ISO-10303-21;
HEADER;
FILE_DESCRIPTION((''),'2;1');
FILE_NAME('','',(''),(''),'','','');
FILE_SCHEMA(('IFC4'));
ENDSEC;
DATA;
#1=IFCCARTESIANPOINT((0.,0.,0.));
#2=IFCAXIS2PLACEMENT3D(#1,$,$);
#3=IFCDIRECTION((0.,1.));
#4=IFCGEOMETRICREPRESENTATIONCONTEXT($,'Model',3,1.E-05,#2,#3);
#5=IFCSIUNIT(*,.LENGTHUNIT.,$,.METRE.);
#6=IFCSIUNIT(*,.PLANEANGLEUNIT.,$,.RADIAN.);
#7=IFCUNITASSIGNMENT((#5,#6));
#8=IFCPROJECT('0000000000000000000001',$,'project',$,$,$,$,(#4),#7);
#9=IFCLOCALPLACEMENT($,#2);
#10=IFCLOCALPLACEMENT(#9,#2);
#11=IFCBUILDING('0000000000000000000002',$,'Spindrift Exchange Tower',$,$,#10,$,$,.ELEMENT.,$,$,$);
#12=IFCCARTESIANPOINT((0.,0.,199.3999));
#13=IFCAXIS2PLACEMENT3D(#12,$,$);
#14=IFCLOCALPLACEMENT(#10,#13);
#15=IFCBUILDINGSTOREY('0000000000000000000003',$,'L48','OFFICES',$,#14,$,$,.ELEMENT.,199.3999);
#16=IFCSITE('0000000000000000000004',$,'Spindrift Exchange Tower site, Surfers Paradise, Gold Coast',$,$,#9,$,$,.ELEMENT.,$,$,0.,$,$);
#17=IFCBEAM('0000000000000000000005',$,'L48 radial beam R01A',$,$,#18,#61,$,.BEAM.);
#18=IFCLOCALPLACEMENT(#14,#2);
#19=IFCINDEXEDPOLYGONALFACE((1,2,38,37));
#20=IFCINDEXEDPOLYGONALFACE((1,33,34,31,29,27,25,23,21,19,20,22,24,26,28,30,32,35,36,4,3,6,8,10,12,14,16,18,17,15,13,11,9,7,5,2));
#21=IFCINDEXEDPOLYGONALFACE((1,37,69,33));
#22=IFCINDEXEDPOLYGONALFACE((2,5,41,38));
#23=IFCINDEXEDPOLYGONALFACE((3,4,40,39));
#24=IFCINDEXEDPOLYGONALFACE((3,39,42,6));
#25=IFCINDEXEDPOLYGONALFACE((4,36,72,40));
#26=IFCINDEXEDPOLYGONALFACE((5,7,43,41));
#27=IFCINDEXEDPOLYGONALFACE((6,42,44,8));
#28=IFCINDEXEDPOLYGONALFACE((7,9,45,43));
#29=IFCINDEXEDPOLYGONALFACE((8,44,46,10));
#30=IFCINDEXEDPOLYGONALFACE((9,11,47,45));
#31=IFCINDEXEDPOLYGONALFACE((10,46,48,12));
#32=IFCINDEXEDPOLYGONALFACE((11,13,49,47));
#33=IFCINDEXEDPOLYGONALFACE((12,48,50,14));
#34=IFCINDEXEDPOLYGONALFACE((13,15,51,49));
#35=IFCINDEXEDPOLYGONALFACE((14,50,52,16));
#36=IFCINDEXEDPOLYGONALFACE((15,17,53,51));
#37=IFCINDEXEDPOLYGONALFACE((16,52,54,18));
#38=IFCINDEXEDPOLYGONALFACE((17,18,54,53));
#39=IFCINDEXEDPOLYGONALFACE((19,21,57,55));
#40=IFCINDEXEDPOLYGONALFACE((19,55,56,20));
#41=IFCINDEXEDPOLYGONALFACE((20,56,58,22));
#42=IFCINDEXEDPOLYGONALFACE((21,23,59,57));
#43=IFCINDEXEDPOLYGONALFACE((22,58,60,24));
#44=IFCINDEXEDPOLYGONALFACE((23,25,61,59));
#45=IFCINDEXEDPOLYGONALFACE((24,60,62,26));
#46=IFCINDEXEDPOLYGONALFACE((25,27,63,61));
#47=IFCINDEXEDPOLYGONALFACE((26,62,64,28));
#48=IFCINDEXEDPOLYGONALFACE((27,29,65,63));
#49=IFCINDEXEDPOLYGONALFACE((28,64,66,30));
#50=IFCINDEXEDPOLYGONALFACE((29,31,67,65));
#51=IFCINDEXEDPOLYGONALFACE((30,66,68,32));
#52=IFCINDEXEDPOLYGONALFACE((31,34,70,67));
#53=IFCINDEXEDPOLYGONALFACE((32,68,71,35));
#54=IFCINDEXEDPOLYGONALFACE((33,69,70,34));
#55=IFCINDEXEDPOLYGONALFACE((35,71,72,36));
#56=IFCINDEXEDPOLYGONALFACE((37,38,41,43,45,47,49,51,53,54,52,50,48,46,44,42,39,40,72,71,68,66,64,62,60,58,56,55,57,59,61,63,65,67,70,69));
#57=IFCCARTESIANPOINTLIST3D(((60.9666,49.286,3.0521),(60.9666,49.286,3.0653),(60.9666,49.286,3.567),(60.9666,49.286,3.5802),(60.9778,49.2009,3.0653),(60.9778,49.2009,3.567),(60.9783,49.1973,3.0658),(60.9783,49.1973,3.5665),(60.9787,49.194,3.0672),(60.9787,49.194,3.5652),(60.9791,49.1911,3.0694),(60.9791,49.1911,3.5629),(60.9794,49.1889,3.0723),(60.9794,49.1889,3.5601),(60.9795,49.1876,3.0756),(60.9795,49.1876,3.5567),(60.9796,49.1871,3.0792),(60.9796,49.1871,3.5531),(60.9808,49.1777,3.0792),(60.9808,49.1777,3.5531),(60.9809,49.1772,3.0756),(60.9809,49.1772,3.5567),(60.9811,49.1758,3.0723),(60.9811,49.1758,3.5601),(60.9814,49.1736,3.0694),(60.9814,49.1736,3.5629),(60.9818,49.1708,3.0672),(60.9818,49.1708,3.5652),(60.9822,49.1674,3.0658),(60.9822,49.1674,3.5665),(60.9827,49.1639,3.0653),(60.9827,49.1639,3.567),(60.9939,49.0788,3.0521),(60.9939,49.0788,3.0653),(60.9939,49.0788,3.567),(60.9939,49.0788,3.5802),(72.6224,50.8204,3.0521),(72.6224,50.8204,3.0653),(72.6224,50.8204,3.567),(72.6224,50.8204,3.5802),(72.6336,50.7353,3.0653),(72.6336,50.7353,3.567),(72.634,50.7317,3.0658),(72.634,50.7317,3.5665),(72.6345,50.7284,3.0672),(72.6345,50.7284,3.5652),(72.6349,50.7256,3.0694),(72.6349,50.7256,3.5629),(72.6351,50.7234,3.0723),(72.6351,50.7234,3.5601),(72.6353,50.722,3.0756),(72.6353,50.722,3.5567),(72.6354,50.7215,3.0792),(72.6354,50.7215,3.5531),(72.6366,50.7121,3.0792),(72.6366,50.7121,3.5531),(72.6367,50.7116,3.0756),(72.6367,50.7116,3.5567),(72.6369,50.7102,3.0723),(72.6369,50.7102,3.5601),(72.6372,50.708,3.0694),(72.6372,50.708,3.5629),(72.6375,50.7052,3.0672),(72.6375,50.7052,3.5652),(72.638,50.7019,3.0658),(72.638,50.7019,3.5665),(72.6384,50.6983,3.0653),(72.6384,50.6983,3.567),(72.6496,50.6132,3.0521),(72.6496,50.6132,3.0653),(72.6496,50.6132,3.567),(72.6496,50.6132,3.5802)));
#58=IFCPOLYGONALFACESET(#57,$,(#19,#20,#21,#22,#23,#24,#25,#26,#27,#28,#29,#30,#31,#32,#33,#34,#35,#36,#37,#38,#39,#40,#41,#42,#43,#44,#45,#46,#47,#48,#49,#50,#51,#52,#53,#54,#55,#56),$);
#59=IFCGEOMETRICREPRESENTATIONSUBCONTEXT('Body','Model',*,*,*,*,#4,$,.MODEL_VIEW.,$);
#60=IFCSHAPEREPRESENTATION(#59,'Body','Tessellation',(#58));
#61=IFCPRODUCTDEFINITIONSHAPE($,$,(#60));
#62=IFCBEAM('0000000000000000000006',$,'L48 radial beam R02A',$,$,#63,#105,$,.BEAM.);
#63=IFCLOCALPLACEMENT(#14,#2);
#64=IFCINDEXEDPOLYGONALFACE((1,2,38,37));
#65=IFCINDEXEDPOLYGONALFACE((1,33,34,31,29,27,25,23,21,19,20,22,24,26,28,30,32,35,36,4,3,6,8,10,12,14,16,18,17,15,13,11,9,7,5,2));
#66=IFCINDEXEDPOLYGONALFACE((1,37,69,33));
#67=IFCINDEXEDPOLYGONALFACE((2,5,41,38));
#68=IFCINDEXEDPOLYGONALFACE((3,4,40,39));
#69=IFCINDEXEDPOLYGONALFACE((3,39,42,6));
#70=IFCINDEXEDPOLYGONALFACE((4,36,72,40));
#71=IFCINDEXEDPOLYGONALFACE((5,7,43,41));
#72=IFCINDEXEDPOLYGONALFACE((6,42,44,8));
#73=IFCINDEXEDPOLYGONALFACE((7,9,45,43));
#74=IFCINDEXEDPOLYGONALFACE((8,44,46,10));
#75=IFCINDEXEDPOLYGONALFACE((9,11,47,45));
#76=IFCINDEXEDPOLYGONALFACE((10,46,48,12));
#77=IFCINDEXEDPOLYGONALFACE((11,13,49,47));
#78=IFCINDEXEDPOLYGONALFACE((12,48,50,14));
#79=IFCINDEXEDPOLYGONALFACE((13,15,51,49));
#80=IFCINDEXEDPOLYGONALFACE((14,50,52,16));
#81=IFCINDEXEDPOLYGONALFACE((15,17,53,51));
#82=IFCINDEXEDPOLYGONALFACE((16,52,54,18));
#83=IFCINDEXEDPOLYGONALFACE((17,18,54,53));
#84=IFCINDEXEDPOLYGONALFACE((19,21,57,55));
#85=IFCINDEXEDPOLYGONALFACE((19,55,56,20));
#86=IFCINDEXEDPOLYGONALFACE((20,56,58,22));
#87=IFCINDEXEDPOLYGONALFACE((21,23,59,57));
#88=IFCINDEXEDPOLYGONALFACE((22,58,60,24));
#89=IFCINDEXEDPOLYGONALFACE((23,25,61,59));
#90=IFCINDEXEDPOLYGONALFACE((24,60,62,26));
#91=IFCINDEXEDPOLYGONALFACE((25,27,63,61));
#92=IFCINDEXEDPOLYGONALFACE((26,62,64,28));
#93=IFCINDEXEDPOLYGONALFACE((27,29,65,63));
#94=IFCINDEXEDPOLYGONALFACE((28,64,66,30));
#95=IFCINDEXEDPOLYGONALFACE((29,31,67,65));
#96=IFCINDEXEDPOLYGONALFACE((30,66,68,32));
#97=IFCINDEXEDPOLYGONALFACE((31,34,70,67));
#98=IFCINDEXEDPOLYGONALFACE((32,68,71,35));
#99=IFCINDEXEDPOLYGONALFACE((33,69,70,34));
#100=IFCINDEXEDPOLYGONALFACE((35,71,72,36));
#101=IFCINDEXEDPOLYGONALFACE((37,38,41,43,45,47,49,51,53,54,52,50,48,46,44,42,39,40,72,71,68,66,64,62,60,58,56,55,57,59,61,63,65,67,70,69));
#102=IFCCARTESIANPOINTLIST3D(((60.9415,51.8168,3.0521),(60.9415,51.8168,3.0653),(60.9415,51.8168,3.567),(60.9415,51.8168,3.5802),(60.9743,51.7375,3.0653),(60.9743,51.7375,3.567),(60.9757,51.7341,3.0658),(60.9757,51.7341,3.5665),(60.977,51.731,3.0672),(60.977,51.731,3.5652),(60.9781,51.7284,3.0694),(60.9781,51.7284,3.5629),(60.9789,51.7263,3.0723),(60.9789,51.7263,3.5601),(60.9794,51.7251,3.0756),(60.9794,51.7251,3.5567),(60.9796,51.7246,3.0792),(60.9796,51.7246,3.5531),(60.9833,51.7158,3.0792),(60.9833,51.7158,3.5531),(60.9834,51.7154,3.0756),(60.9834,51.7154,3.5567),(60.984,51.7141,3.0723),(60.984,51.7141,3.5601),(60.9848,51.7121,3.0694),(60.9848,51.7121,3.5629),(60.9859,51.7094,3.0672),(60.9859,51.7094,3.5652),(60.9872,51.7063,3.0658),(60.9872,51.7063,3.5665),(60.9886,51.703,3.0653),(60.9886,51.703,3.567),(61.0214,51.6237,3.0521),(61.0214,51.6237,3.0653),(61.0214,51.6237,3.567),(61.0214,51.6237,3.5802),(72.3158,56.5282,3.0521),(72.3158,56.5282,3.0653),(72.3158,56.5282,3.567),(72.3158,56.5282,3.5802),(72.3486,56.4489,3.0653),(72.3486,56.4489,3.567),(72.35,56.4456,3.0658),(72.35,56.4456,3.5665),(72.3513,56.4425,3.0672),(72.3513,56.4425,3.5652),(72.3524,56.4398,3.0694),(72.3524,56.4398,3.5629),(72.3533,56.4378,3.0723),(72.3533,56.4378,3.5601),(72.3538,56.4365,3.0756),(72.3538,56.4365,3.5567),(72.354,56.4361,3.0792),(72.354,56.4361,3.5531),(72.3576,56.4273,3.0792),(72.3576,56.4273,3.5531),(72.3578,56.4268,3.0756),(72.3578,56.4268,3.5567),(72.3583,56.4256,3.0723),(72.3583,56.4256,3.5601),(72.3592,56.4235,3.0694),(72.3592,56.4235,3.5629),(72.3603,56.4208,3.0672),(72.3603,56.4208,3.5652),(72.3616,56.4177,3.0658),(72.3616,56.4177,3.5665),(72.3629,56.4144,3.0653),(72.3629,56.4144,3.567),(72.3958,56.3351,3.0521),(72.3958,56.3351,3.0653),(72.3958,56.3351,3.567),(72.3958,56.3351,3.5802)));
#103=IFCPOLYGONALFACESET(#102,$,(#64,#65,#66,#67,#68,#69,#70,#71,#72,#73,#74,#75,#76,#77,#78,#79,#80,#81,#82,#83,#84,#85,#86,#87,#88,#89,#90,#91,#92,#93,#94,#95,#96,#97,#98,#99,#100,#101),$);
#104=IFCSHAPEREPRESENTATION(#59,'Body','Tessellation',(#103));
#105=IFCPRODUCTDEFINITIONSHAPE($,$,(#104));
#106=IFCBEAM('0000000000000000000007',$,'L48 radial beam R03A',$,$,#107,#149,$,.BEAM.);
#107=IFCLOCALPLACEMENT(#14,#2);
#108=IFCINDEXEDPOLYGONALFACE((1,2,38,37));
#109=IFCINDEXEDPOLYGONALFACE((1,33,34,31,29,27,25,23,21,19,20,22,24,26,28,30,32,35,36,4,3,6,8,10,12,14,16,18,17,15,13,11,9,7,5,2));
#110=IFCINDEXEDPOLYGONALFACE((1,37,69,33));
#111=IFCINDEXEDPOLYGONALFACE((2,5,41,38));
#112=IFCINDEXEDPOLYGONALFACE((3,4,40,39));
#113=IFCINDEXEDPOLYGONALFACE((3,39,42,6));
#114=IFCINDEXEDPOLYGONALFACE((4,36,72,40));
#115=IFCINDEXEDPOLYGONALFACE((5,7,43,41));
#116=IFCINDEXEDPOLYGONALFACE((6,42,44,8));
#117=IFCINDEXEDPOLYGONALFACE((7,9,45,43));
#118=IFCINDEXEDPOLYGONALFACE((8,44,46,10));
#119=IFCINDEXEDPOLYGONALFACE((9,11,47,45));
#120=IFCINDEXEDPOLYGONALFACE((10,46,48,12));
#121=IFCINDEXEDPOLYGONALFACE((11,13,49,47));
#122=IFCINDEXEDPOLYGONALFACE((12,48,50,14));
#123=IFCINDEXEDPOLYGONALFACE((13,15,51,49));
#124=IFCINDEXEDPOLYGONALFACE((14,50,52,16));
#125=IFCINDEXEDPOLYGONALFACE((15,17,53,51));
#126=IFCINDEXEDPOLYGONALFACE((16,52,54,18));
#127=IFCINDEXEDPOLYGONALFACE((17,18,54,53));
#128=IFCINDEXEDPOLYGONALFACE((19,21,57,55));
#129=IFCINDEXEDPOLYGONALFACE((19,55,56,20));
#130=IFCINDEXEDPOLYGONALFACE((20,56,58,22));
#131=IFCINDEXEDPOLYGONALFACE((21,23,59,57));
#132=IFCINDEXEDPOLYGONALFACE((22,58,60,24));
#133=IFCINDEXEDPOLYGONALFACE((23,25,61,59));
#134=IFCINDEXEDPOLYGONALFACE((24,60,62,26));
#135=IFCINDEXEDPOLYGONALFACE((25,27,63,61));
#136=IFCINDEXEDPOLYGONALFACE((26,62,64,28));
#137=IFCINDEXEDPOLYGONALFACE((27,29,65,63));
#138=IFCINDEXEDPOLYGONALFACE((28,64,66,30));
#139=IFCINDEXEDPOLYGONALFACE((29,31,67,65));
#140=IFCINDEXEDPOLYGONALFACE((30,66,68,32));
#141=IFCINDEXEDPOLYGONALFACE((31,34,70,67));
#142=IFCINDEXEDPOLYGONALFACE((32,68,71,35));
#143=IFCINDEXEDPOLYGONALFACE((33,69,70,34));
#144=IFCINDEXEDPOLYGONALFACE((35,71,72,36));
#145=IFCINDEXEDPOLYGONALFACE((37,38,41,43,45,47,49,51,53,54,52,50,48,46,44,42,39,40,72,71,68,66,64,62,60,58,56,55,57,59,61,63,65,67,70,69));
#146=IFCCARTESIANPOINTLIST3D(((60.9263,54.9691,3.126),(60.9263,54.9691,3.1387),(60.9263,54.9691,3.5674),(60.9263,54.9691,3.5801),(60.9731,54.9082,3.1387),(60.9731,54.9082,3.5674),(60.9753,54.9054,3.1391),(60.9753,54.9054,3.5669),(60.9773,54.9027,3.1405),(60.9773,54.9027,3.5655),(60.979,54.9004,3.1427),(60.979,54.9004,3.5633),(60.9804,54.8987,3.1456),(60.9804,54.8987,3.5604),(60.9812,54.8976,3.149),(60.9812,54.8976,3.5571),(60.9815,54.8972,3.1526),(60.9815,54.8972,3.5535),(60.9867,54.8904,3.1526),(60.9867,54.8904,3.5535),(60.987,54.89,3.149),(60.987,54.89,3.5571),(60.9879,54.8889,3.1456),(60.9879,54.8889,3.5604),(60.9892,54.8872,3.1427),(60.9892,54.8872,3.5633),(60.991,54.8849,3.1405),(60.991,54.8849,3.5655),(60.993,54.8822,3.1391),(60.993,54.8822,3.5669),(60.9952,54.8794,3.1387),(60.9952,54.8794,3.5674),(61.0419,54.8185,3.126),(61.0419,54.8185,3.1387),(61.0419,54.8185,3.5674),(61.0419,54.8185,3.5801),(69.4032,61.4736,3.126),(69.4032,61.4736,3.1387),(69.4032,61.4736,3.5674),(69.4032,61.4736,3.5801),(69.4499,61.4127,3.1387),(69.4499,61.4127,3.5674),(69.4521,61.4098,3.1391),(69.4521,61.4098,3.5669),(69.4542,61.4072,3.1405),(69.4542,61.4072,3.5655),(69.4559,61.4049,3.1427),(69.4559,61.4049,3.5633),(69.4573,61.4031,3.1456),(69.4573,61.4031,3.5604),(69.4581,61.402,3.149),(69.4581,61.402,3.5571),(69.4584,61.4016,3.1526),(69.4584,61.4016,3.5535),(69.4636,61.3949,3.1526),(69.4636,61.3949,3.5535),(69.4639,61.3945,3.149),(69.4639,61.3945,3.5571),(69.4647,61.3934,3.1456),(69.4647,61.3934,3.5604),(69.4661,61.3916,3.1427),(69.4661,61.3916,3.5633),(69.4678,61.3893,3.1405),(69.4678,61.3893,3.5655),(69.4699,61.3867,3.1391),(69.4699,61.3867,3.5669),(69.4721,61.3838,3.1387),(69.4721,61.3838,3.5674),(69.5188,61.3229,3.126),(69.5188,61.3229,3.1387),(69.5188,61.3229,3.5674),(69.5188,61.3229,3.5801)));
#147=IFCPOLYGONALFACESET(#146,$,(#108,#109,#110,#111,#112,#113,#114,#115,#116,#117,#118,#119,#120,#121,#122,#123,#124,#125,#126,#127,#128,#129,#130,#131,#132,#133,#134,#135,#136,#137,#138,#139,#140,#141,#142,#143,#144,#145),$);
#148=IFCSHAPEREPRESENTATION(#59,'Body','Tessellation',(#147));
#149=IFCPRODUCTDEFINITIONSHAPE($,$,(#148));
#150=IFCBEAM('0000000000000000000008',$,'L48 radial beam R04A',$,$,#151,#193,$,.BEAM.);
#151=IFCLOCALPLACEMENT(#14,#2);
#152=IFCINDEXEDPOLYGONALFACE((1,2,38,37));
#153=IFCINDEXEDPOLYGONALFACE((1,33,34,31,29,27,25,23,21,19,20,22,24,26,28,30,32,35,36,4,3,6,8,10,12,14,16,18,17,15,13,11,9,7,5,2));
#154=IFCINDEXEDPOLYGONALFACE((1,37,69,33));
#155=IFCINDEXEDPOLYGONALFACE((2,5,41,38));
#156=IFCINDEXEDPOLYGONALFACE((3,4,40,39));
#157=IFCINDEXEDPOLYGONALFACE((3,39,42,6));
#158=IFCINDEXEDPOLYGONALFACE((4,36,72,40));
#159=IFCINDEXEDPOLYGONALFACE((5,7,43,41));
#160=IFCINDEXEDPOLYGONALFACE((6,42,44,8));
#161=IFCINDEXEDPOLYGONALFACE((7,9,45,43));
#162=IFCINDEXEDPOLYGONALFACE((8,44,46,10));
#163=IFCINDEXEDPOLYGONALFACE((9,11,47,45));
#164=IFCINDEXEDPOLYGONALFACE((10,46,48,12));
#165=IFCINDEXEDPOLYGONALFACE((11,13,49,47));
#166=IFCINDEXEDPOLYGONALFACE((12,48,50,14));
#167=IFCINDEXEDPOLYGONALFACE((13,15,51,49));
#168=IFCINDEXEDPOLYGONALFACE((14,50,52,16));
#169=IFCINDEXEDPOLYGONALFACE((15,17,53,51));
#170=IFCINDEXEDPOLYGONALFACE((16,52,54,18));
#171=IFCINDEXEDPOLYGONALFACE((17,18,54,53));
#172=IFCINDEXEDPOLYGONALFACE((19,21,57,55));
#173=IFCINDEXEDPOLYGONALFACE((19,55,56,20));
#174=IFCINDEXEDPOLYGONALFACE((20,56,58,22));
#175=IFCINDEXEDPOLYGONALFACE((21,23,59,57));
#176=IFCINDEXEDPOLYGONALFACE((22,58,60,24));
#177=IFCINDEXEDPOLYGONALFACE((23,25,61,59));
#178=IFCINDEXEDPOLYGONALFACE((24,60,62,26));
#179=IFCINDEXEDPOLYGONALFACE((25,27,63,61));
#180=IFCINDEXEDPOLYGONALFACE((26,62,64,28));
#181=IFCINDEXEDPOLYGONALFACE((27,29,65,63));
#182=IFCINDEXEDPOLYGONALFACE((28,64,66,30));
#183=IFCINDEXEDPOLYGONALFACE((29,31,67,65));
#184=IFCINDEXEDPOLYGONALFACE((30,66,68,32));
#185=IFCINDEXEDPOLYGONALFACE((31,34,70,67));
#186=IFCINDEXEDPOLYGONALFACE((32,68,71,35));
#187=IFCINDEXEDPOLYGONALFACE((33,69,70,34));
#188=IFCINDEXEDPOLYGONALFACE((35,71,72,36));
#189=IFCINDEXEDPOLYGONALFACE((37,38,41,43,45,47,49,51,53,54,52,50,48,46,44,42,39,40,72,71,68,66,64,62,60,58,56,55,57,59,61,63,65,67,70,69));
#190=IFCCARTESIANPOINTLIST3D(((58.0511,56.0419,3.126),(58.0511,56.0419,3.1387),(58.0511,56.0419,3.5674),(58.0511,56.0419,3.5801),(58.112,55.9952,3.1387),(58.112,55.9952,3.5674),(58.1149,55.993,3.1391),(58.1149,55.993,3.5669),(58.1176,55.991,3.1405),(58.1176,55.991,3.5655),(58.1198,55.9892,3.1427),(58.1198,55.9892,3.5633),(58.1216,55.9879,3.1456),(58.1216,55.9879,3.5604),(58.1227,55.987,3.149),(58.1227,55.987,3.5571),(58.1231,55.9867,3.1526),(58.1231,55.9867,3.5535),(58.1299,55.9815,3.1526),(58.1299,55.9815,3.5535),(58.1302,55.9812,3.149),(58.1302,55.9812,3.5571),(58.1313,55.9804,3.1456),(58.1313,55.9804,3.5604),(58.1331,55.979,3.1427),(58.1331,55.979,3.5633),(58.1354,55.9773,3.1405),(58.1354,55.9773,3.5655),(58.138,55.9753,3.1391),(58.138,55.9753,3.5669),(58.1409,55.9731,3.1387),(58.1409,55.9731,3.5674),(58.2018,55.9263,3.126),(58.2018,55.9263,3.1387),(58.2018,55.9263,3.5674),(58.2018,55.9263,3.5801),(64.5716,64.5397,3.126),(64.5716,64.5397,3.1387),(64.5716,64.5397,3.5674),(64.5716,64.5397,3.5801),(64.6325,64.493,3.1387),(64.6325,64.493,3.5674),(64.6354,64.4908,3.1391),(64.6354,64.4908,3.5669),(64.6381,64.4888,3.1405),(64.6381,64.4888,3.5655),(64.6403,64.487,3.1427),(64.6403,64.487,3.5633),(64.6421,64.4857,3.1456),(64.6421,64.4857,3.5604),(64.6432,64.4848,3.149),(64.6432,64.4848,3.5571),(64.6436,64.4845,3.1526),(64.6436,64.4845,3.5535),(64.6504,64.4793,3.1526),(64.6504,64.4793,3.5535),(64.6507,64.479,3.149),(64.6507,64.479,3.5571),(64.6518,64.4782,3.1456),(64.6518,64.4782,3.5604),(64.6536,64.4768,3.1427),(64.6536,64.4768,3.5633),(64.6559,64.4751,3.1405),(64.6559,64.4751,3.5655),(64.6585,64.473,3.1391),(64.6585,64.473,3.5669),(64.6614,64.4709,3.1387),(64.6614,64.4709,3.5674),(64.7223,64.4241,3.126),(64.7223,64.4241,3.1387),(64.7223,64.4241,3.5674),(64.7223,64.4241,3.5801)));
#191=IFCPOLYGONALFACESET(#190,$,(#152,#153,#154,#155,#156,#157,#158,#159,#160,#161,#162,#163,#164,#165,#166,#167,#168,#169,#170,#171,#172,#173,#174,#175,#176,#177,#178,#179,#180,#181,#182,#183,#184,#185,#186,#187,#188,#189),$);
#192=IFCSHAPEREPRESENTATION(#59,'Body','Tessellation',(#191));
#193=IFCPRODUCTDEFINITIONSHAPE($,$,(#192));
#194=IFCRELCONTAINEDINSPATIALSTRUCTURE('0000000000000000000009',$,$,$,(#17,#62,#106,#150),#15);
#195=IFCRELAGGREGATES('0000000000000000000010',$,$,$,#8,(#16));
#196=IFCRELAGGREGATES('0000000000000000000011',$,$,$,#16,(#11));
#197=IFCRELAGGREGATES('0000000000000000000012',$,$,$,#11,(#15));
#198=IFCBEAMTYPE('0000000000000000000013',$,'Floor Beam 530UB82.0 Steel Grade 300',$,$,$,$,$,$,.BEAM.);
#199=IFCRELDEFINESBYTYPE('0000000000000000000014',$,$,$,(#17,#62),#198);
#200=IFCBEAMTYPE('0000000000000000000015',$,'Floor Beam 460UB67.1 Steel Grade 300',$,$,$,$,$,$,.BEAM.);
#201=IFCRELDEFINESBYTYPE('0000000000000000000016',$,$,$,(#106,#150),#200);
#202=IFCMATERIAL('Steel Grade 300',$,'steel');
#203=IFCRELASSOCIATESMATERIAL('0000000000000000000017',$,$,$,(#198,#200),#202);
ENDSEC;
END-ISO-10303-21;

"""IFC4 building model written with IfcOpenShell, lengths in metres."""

from ifc_helpers import new_model, si_unit, direction, frame, origin, origin_2d, place, context, subcontext, project, spatial, i_section, extrude, source, transform, mapped, material, material_profile, profile_set, type_object, element, save


model = new_model("IFC4")

# Units and contexts
model_context = context("Model", 3, precision=1e-05, world=origin(), true_north=direction((0.0, 1.0)))
body_context = subcontext(model_context, "Body", "Model", "MODEL_VIEW")
ifc_project = project(units=[si_unit("LENGTHUNIT", "METRE"), si_unit("PLANEANGLEUNIT", "RADIAN")], contexts=[model_context])

# Site, building, storey
site_placement = place(None, origin())
site = spatial("IfcSite", under=ifc_project, at=site_placement, Name="Spindrift Exchange Tower site, Surfers Paradise, Gold Coast", CompositionType="ELEMENT", RefElevation=0.0)
building_placement = place(site_placement, origin())
building = spatial("IfcBuilding", under=site, at=building_placement, Name="Spindrift Exchange Tower", CompositionType="ELEMENT")
storey_placement = place(building_placement, frame((0.0, 0.0, 199.3999)))
storey = spatial("IfcBuildingStorey", under=building, at=storey_placement, Name="L48", Description="OFFICES", CompositionType="ELEMENT", Elevation=199.3999)

# Beams
ifc_material_1 = material(Name="Steel Grade 300", Category="steel")
ifc_material_profile_1 = material_profile(ifc_material_1, i_section(OverallWidth=0.209, OverallDepth=0.5281, WebThickness=0.0095, FlangeThickness=0.0132, FilletRadius=0.0139, at=origin_2d()), Name="530UB82.0")
ifc_profile_set_1 = profile_set([ifc_material_profile_1], Name="Steel Grade 300")
beam_type_1 = type_object("IfcBeamType", Name="Floor Beam 530UB82.0 Steel Grade 300", PredefinedType="BEAM", material=ifc_profile_set_1)
shared_shape_1 = source(origin(), body_context, "Body", "SweptSolid", [
    extrude(i_section(OverallWidth=0.209, OverallDepth=0.5281, WebThickness=0.0095, FlangeThickness=0.0132, FilletRadius=0.0139, at=origin_2d()), origin(), (0.0, 0.0, 1.0), 11.7563),
])
beam_1_placement = place(storey_placement, frame((60.9802, 49.1824, 3.3162), z_axis=(0.991446, 0.130519, 0.0), x_axis=(-0.130519, 0.991446, 0.0)))
element("IfcBeam", 1, at=beam_1_placement, inside=storey, type_object=beam_type_1, Name="L48 radial beam R01A", PredefinedType="BEAM", context=body_context, shape_type="MappedRepresentation", body=[
    mapped(shared_shape_1, transform((0.0, 0.0, 0.0), scale=1.0)),
])
shared_shape_2 = source(origin(), body_context, "Body", "SweptSolid", [
    extrude(i_section(OverallWidth=0.209, OverallDepth=0.5281, WebThickness=0.0095, FlangeThickness=0.0132, FilletRadius=0.0139, at=origin_2d()), origin(), (0.0, 0.0, 1.0), 12.3115),
])
beam_2_placement = place(storey_placement, frame((60.9814, 51.7202, 3.3162), z_axis=(0.923878, 0.382687, 0.0), x_axis=(-0.382687, 0.923878, 0.0)))
element("IfcBeam", 2, at=beam_2_placement, inside=storey, type_object=beam_type_1, Name="L48 radial beam R02A", PredefinedType="BEAM", context=body_context, shape_type="MappedRepresentation", body=[
    mapped(shared_shape_2, transform((0.0, 0.0, 0.0), scale=1.0)),
])
ifc_material_profile_2 = material_profile(ifc_material_1, i_section(OverallWidth=0.1899, OverallDepth=0.4541, WebThickness=0.0085, FlangeThickness=0.0127, FilletRadius=0.0139, at=origin_2d()), Name="460UB67.1")
ifc_profile_set_2 = profile_set([ifc_material_profile_2], Name="Steel Grade 300")
beam_type_2 = type_object("IfcBeamType", Name="Floor Beam 460UB67.1 Steel Grade 300", PredefinedType="BEAM", material=ifc_profile_set_2)
shared_shape_3 = source(origin(), body_context, "Body", "SweptSolid", [
    extrude(i_section(OverallWidth=0.1899, OverallDepth=0.4541, WebThickness=0.0085, FlangeThickness=0.0127, FilletRadius=0.0139, at=origin_2d()), origin(), (0.0, 0.0, 1.0), 10.6848),
])
beam_3_placement = place(storey_placement, frame((60.9841, 54.8938, 3.353), z_axis=(0.793357, 0.608756, 0.0), x_axis=(-0.608756, 0.793357, 0.0)))
element("IfcBeam", 3, at=beam_3_placement, inside=storey, type_object=beam_type_2, Name="L48 radial beam R03A", PredefinedType="BEAM", context=body_context, shape_type="MappedRepresentation", body=[
    mapped(shared_shape_3, transform((0.0, 0.0, 0.0), scale=1.0)),
])
shared_shape_4 = source(origin(), body_context, "Body", "SweptSolid", [
    extrude(i_section(OverallWidth=0.1899, OverallDepth=0.4541, WebThickness=0.0085, FlangeThickness=0.0127, FilletRadius=0.0139, at=origin_2d()), origin(), (0.0, 0.0, 1.0), 10.7112),
])
beam_4_placement = place(storey_placement, frame((58.1265, 55.9841, 3.353), z_axis=(0.608756, 0.793357, 0.0), x_axis=(-0.793357, 0.608756, 0.0)))
element("IfcBeam", 4, at=beam_4_placement, inside=storey, type_object=beam_type_2, Name="L48 radial beam R04A", PredefinedType="BEAM", context=body_context, shape_type="MappedRepresentation", body=[
    mapped(shared_shape_4, transform((0.0, 0.0, 0.0), scale=1.0)),
])

save(model, "model.ifc")
